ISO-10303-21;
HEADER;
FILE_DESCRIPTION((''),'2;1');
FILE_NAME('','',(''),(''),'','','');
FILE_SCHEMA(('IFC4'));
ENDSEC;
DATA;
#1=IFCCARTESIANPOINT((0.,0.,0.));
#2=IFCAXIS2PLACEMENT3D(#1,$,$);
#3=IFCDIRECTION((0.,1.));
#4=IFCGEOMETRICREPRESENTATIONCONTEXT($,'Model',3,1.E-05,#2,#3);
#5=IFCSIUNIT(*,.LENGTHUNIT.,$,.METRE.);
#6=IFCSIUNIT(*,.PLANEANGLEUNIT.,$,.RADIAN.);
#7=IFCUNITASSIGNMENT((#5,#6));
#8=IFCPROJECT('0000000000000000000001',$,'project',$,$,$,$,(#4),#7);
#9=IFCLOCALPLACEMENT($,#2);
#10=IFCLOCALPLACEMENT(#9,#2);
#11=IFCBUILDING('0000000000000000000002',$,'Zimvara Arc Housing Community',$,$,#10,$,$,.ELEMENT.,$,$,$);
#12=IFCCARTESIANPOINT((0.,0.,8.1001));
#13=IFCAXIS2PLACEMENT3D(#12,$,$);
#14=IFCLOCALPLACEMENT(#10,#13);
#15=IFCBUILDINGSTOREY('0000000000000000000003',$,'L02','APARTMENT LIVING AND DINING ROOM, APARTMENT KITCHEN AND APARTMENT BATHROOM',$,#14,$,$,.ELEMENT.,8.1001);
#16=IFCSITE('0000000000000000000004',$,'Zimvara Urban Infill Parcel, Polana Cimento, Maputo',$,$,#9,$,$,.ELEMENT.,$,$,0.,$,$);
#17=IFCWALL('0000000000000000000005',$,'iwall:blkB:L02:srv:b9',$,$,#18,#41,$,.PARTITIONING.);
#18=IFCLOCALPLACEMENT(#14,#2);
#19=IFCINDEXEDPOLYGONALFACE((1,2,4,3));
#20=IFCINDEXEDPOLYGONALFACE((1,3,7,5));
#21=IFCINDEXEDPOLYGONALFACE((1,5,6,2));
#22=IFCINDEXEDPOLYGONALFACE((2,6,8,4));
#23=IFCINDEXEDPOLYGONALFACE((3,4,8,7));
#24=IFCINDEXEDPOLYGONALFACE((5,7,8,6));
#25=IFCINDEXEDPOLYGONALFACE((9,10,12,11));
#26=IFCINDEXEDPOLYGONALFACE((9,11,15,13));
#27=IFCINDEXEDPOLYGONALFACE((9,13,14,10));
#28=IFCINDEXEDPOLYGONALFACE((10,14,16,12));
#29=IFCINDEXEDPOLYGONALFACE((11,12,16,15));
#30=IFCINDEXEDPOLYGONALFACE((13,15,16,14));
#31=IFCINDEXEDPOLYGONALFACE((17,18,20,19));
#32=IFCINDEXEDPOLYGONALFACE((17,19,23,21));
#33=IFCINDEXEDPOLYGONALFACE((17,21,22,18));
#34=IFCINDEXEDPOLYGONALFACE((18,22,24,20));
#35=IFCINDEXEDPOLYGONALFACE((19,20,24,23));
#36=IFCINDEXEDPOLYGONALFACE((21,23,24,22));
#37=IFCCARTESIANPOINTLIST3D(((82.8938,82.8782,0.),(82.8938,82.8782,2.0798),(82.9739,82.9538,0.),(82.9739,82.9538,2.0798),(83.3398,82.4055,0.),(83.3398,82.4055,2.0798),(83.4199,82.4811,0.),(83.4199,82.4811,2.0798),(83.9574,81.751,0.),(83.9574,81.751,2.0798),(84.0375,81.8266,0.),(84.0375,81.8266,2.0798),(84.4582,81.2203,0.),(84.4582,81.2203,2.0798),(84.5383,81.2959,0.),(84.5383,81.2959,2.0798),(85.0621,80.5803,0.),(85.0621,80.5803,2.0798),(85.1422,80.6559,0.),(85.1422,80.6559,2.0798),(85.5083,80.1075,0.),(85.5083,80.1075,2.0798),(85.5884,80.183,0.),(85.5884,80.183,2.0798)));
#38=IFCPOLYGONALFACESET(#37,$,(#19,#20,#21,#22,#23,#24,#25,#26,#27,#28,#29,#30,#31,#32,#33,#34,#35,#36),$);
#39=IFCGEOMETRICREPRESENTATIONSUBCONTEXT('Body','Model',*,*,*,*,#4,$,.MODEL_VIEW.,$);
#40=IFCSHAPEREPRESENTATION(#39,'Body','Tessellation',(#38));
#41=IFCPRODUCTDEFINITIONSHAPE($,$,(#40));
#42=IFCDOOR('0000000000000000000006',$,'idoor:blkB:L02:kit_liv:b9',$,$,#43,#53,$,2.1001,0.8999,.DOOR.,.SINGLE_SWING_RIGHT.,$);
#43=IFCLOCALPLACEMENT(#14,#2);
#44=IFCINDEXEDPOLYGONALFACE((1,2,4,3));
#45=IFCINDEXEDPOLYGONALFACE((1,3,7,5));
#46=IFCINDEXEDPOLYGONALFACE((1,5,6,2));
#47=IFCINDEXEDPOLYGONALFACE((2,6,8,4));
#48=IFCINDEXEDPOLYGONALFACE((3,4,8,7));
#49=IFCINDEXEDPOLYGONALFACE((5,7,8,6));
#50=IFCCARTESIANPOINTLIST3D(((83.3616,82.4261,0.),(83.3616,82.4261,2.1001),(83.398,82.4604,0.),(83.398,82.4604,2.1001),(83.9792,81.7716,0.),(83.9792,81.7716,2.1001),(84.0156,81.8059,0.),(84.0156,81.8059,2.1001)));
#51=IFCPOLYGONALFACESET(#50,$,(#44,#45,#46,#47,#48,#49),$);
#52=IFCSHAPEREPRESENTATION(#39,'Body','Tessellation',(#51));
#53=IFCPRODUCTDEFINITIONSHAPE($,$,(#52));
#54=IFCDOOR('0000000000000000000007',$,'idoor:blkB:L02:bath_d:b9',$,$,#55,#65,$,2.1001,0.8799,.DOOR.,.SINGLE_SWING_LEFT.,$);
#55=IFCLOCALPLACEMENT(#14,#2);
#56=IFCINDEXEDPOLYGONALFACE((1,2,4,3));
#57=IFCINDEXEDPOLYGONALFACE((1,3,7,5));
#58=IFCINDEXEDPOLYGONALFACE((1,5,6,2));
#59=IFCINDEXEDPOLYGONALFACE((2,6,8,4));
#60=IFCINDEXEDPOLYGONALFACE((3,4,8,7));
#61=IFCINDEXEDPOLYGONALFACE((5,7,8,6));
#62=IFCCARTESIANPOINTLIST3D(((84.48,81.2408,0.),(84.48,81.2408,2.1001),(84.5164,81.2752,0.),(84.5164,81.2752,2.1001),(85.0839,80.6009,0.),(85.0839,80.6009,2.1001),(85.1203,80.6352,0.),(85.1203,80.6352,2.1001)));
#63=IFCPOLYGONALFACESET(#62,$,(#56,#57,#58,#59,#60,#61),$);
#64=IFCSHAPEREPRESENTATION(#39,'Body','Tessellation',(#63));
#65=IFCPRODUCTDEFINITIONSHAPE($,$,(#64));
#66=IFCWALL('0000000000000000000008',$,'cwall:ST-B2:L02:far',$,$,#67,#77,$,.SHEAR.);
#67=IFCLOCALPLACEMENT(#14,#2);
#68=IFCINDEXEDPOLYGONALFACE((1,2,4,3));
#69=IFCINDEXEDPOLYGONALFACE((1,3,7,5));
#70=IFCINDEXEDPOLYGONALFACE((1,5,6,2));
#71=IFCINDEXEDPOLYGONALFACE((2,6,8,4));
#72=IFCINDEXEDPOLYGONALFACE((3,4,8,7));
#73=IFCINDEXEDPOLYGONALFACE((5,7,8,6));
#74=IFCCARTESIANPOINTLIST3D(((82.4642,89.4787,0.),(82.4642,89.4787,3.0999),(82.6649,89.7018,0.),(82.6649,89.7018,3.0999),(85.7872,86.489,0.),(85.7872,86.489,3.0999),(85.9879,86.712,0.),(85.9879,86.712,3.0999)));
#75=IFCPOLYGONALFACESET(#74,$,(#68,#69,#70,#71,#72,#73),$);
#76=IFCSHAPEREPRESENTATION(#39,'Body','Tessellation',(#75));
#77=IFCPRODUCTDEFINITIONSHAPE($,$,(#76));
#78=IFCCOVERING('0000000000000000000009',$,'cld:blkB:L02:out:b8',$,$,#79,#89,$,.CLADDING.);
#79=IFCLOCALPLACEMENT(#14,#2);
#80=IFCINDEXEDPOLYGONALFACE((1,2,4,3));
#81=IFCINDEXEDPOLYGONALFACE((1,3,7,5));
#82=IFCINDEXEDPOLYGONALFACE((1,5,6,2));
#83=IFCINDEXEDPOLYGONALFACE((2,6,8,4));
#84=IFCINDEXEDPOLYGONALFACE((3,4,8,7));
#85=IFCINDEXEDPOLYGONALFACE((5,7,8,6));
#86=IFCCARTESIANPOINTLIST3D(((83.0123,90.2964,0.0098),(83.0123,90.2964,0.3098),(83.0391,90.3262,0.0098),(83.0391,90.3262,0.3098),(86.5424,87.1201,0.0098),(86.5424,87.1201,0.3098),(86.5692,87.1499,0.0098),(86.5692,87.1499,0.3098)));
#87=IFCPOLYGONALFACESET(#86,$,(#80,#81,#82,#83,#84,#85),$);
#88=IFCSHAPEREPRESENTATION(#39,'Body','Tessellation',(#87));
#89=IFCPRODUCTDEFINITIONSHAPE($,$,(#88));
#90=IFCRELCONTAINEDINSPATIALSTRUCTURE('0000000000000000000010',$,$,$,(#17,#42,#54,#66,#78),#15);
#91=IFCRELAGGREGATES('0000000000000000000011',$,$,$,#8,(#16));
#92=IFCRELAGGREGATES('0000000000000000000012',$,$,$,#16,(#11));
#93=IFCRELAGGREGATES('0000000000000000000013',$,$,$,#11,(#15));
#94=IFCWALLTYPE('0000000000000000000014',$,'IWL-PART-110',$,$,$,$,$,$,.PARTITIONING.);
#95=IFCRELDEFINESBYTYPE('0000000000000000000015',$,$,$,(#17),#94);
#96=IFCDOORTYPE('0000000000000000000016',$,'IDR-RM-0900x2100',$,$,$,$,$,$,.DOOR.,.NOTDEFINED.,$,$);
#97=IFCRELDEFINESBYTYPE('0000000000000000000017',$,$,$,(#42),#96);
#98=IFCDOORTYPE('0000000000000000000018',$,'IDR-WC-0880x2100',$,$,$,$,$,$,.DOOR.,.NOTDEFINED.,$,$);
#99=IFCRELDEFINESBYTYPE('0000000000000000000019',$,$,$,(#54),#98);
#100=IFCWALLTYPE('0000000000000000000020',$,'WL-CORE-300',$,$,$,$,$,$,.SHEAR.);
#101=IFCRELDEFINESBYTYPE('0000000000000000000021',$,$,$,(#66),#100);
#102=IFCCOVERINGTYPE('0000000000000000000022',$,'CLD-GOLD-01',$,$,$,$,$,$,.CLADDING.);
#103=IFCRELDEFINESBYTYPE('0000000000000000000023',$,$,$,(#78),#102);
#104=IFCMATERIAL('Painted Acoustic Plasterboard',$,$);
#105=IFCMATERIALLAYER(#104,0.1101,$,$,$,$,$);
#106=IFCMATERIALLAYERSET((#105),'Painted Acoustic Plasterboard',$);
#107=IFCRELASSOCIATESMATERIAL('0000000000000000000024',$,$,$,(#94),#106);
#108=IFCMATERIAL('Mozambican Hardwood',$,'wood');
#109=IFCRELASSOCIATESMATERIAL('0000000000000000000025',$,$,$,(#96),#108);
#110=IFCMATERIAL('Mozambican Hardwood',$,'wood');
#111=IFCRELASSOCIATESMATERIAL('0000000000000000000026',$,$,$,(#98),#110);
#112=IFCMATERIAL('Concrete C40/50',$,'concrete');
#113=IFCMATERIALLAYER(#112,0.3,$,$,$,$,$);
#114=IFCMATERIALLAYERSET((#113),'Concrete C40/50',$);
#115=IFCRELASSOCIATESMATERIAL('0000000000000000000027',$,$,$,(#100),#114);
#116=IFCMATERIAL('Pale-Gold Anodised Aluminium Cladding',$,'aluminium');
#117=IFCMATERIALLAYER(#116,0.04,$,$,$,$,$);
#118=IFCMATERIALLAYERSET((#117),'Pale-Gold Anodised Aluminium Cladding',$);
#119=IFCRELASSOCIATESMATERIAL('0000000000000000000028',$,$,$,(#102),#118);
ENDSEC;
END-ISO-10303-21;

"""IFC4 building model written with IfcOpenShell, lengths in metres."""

from ifc_helpers import new_model, si_unit, direction, frame, frame_2d, origin, origin_2d, place, context, subcontext, project, spatial, rectangle, extrude, material, layer, layer_set, type_object, element, fill, save


model = new_model("IFC4")

# Units and contexts
model_context = context("Model", 3, precision=1e-05, world=origin(), true_north=direction((0.0, 1.0)))
body_context = subcontext(model_context, "Body", "Model", "MODEL_VIEW")
ifc_project = project(units=[si_unit("LENGTHUNIT", "METRE"), si_unit("PLANEANGLEUNIT", "RADIAN")], contexts=[model_context])

# Site, building, storey
site_placement = place(None, origin())
site = spatial("IfcSite", under=ifc_project, at=site_placement, Name="Zimvara Urban Infill Parcel, Polana Cimento, Maputo", CompositionType="ELEMENT", RefElevation=0.0)
building_placement = place(site_placement, origin())
building = spatial("IfcBuilding", under=site, at=building_placement, Name="Zimvara Arc Housing Community", CompositionType="ELEMENT")
storey_placement = place(building_placement, frame((0.0, 0.0, 8.1001)))
storey = spatial("IfcBuildingStorey", under=building, at=storey_placement, Name="L02", Description="APARTMENT LIVING AND DINING ROOM, APARTMENT KITCHEN AND APARTMENT BATHROOM", CompositionType="ELEMENT", Elevation=8.1001)

# Wall, openings, doors
ifc_material_1 = material(Name="Painted Acoustic Plasterboard")
ifc_layer_1 = layer(ifc_material_1, 0.1101)
ifc_layer_set_1 = layer_set([ifc_layer_1], Name="Painted Acoustic Plasterboard")
wall_type_1 = type_object("IfcWallType", Name="IWL-PART-110", PredefinedType="PARTITIONING", material=ifc_layer_set_1)
wall_1_placement = place(storey_placement, frame((82.9338, 82.916, 0.0), z_axis=(0.0, 0.0, 1.0), x_axis=(0.686302, -0.727317, 0.0)))
wall_1 = element("IfcWall", 1, at=wall_1_placement, inside=storey, type_object=wall_type_1, Name="iwall:blkB:L02:srv:b9", PredefinedType="PARTITIONING", context=body_context, shape_type="SweptSolid", body=[
    extrude(rectangle(XDim=3.8096, YDim=0.1101, at=frame_2d((1.9048, 0.0))), origin(), (0.0, 0.0, 1.0), 2.0798),
])
opening_1_placement = place(wall_1_placement, frame((0.6499, 0.0, 0.0)))
opening_1 = element("IfcOpeningElement", 2, at=opening_1_placement, cuts=wall_1, PredefinedType="OPENING", context=body_context, shape_type="SweptSolid", body=[
    extrude(rectangle(XDim=0.8999, YDim=2.1001, at=frame_2d((0.45, 1.05))), frame((0.0, 0.0649, 0.0), z_axis=(0.0, -1.0, 0.0), x_axis=(1.0, 0.0, 0.0)), (0.0, 0.0, 1.0), 0.1301),
])
opening_2_placement = place(wall_1_placement, frame((2.2795, 0.0, 0.0)))
opening_2 = element("IfcOpeningElement", 3, at=opening_2_placement, cuts=wall_1, PredefinedType="OPENING", context=body_context, shape_type="SweptSolid", body=[
    extrude(rectangle(XDim=0.8799, YDim=2.1001, at=frame_2d((0.4399, 1.05))), frame((0.0, 0.0649, 0.0), z_axis=(0.0, -1.0, 0.0), x_axis=(1.0, 0.0, 0.0)), (0.0, 0.0, 1.0), 0.1301),
])
ifc_material_2 = material(Name="Mozambican Hardwood", Category="wood")
door_type_1 = type_object("IfcDoorType", Name="IDR-RM-0900x2100", OperationType="NOTDEFINED", PredefinedType="DOOR", material=ifc_material_2)
door_1_placement = place(opening_1_placement, origin())
door_1 = element("IfcDoor", 4, at=door_1_placement, inside=storey, type_object=door_type_1, Name="idoor:blkB:L02:kit_liv:b9", OperationType="SINGLE_SWING_RIGHT", OverallHeight=2.1001, OverallWidth=0.8999, PredefinedType="DOOR", context=body_context, shape_type="SweptSolid", body=[
    extrude(rectangle(XDim=0.8999, YDim=2.1001, at=frame_2d((0.45, 1.05))), frame((0.0, 0.0249, 0.0), z_axis=(0.0, -1.0, 0.0), x_axis=(1.0, 0.0, 0.0)), (0.0, 0.0, 1.0), 0.05),
])
fill(opening_1, door_1)
ifc_material_3 = material(Name="Mozambican Hardwood", Category="wood")
door_type_2 = type_object("IfcDoorType", Name="IDR-WC-0880x2100", OperationType="NOTDEFINED", PredefinedType="DOOR", material=ifc_material_3)
door_2_placement = place(opening_2_placement, origin())
door_2 = element("IfcDoor", 5, at=door_2_placement, inside=storey, type_object=door_type_2, Name="idoor:blkB:L02:bath_d:b9", OperationType="SINGLE_SWING_LEFT", OverallHeight=2.1001, OverallWidth=0.8799, PredefinedType="DOOR", context=body_context, shape_type="SweptSolid", body=[
    extrude(rectangle(XDim=0.8799, YDim=2.1001, at=frame_2d((0.4399, 1.05))), frame((0.0, 0.0249, 0.0), z_axis=(0.0, -1.0, 0.0), x_axis=(1.0, 0.0, 0.0)), (0.0, 0.0, 1.0), 0.05),
])
fill(opening_2, door_2)

# Wall
ifc_material_4 = material(Name="Concrete C40/50", Category="concrete")
ifc_layer_2 = layer(ifc_material_4, 0.3)
ifc_layer_set_2 = layer_set([ifc_layer_2], Name="Concrete C40/50")
wall_type_2 = type_object("IfcWallType", Name="WL-CORE-300", PredefinedType="SHEAR", material=ifc_layer_set_2)
wall_2_placement = place(storey_placement, frame((85.8875, 86.6006, 0.0), z_axis=(0.0, 0.0, 1.0), x_axis=(-0.7434, 0.668847, 0.0)))
element("IfcWall", 6, at=wall_2_placement, inside=storey, type_object=wall_type_2, Name="cwall:ST-B2:L02:far", PredefinedType="SHEAR", context=body_context, shape_type="SweptSolid", body=[
    extrude(rectangle(XDim=4.47, YDim=0.3, at=frame_2d((2.2349, 0.0))), origin(), (0.0, 0.0, 1.0), 3.0999),
])

# Covering
ifc_material_5 = material(Name="Pale-Gold Anodised Aluminium Cladding", Category="aluminium")
ifc_layer_3 = layer(ifc_material_5, 0.04)
ifc_layer_set_3 = layer_set([ifc_layer_3], Name="Pale-Gold Anodised Aluminium Cladding")
covering_type = type_object("IfcCoveringType", Name="CLD-GOLD-01", PredefinedType="CLADDING", material=ifc_layer_set_3)
covering_placement = place(storey_placement, frame((84.7908, 88.7231, 0.0098), z_axis=(0.0, 0.0, 1.0), x_axis=(0.743377, -0.668872, 0.0)))
element("IfcCovering", 7, at=covering_placement, inside=storey, type_object=covering_type, Name="cld:blkB:L02:out:b8", PredefinedType="CLADDING", context=body_context, shape_type="SweptSolid", body=[
    extrude(rectangle(XDim=4.7488, YDim=0.04, at=origin_2d()), origin(), (0.0, 0.0, 1.0), 0.3),
])

save(model, "model.ifc")
